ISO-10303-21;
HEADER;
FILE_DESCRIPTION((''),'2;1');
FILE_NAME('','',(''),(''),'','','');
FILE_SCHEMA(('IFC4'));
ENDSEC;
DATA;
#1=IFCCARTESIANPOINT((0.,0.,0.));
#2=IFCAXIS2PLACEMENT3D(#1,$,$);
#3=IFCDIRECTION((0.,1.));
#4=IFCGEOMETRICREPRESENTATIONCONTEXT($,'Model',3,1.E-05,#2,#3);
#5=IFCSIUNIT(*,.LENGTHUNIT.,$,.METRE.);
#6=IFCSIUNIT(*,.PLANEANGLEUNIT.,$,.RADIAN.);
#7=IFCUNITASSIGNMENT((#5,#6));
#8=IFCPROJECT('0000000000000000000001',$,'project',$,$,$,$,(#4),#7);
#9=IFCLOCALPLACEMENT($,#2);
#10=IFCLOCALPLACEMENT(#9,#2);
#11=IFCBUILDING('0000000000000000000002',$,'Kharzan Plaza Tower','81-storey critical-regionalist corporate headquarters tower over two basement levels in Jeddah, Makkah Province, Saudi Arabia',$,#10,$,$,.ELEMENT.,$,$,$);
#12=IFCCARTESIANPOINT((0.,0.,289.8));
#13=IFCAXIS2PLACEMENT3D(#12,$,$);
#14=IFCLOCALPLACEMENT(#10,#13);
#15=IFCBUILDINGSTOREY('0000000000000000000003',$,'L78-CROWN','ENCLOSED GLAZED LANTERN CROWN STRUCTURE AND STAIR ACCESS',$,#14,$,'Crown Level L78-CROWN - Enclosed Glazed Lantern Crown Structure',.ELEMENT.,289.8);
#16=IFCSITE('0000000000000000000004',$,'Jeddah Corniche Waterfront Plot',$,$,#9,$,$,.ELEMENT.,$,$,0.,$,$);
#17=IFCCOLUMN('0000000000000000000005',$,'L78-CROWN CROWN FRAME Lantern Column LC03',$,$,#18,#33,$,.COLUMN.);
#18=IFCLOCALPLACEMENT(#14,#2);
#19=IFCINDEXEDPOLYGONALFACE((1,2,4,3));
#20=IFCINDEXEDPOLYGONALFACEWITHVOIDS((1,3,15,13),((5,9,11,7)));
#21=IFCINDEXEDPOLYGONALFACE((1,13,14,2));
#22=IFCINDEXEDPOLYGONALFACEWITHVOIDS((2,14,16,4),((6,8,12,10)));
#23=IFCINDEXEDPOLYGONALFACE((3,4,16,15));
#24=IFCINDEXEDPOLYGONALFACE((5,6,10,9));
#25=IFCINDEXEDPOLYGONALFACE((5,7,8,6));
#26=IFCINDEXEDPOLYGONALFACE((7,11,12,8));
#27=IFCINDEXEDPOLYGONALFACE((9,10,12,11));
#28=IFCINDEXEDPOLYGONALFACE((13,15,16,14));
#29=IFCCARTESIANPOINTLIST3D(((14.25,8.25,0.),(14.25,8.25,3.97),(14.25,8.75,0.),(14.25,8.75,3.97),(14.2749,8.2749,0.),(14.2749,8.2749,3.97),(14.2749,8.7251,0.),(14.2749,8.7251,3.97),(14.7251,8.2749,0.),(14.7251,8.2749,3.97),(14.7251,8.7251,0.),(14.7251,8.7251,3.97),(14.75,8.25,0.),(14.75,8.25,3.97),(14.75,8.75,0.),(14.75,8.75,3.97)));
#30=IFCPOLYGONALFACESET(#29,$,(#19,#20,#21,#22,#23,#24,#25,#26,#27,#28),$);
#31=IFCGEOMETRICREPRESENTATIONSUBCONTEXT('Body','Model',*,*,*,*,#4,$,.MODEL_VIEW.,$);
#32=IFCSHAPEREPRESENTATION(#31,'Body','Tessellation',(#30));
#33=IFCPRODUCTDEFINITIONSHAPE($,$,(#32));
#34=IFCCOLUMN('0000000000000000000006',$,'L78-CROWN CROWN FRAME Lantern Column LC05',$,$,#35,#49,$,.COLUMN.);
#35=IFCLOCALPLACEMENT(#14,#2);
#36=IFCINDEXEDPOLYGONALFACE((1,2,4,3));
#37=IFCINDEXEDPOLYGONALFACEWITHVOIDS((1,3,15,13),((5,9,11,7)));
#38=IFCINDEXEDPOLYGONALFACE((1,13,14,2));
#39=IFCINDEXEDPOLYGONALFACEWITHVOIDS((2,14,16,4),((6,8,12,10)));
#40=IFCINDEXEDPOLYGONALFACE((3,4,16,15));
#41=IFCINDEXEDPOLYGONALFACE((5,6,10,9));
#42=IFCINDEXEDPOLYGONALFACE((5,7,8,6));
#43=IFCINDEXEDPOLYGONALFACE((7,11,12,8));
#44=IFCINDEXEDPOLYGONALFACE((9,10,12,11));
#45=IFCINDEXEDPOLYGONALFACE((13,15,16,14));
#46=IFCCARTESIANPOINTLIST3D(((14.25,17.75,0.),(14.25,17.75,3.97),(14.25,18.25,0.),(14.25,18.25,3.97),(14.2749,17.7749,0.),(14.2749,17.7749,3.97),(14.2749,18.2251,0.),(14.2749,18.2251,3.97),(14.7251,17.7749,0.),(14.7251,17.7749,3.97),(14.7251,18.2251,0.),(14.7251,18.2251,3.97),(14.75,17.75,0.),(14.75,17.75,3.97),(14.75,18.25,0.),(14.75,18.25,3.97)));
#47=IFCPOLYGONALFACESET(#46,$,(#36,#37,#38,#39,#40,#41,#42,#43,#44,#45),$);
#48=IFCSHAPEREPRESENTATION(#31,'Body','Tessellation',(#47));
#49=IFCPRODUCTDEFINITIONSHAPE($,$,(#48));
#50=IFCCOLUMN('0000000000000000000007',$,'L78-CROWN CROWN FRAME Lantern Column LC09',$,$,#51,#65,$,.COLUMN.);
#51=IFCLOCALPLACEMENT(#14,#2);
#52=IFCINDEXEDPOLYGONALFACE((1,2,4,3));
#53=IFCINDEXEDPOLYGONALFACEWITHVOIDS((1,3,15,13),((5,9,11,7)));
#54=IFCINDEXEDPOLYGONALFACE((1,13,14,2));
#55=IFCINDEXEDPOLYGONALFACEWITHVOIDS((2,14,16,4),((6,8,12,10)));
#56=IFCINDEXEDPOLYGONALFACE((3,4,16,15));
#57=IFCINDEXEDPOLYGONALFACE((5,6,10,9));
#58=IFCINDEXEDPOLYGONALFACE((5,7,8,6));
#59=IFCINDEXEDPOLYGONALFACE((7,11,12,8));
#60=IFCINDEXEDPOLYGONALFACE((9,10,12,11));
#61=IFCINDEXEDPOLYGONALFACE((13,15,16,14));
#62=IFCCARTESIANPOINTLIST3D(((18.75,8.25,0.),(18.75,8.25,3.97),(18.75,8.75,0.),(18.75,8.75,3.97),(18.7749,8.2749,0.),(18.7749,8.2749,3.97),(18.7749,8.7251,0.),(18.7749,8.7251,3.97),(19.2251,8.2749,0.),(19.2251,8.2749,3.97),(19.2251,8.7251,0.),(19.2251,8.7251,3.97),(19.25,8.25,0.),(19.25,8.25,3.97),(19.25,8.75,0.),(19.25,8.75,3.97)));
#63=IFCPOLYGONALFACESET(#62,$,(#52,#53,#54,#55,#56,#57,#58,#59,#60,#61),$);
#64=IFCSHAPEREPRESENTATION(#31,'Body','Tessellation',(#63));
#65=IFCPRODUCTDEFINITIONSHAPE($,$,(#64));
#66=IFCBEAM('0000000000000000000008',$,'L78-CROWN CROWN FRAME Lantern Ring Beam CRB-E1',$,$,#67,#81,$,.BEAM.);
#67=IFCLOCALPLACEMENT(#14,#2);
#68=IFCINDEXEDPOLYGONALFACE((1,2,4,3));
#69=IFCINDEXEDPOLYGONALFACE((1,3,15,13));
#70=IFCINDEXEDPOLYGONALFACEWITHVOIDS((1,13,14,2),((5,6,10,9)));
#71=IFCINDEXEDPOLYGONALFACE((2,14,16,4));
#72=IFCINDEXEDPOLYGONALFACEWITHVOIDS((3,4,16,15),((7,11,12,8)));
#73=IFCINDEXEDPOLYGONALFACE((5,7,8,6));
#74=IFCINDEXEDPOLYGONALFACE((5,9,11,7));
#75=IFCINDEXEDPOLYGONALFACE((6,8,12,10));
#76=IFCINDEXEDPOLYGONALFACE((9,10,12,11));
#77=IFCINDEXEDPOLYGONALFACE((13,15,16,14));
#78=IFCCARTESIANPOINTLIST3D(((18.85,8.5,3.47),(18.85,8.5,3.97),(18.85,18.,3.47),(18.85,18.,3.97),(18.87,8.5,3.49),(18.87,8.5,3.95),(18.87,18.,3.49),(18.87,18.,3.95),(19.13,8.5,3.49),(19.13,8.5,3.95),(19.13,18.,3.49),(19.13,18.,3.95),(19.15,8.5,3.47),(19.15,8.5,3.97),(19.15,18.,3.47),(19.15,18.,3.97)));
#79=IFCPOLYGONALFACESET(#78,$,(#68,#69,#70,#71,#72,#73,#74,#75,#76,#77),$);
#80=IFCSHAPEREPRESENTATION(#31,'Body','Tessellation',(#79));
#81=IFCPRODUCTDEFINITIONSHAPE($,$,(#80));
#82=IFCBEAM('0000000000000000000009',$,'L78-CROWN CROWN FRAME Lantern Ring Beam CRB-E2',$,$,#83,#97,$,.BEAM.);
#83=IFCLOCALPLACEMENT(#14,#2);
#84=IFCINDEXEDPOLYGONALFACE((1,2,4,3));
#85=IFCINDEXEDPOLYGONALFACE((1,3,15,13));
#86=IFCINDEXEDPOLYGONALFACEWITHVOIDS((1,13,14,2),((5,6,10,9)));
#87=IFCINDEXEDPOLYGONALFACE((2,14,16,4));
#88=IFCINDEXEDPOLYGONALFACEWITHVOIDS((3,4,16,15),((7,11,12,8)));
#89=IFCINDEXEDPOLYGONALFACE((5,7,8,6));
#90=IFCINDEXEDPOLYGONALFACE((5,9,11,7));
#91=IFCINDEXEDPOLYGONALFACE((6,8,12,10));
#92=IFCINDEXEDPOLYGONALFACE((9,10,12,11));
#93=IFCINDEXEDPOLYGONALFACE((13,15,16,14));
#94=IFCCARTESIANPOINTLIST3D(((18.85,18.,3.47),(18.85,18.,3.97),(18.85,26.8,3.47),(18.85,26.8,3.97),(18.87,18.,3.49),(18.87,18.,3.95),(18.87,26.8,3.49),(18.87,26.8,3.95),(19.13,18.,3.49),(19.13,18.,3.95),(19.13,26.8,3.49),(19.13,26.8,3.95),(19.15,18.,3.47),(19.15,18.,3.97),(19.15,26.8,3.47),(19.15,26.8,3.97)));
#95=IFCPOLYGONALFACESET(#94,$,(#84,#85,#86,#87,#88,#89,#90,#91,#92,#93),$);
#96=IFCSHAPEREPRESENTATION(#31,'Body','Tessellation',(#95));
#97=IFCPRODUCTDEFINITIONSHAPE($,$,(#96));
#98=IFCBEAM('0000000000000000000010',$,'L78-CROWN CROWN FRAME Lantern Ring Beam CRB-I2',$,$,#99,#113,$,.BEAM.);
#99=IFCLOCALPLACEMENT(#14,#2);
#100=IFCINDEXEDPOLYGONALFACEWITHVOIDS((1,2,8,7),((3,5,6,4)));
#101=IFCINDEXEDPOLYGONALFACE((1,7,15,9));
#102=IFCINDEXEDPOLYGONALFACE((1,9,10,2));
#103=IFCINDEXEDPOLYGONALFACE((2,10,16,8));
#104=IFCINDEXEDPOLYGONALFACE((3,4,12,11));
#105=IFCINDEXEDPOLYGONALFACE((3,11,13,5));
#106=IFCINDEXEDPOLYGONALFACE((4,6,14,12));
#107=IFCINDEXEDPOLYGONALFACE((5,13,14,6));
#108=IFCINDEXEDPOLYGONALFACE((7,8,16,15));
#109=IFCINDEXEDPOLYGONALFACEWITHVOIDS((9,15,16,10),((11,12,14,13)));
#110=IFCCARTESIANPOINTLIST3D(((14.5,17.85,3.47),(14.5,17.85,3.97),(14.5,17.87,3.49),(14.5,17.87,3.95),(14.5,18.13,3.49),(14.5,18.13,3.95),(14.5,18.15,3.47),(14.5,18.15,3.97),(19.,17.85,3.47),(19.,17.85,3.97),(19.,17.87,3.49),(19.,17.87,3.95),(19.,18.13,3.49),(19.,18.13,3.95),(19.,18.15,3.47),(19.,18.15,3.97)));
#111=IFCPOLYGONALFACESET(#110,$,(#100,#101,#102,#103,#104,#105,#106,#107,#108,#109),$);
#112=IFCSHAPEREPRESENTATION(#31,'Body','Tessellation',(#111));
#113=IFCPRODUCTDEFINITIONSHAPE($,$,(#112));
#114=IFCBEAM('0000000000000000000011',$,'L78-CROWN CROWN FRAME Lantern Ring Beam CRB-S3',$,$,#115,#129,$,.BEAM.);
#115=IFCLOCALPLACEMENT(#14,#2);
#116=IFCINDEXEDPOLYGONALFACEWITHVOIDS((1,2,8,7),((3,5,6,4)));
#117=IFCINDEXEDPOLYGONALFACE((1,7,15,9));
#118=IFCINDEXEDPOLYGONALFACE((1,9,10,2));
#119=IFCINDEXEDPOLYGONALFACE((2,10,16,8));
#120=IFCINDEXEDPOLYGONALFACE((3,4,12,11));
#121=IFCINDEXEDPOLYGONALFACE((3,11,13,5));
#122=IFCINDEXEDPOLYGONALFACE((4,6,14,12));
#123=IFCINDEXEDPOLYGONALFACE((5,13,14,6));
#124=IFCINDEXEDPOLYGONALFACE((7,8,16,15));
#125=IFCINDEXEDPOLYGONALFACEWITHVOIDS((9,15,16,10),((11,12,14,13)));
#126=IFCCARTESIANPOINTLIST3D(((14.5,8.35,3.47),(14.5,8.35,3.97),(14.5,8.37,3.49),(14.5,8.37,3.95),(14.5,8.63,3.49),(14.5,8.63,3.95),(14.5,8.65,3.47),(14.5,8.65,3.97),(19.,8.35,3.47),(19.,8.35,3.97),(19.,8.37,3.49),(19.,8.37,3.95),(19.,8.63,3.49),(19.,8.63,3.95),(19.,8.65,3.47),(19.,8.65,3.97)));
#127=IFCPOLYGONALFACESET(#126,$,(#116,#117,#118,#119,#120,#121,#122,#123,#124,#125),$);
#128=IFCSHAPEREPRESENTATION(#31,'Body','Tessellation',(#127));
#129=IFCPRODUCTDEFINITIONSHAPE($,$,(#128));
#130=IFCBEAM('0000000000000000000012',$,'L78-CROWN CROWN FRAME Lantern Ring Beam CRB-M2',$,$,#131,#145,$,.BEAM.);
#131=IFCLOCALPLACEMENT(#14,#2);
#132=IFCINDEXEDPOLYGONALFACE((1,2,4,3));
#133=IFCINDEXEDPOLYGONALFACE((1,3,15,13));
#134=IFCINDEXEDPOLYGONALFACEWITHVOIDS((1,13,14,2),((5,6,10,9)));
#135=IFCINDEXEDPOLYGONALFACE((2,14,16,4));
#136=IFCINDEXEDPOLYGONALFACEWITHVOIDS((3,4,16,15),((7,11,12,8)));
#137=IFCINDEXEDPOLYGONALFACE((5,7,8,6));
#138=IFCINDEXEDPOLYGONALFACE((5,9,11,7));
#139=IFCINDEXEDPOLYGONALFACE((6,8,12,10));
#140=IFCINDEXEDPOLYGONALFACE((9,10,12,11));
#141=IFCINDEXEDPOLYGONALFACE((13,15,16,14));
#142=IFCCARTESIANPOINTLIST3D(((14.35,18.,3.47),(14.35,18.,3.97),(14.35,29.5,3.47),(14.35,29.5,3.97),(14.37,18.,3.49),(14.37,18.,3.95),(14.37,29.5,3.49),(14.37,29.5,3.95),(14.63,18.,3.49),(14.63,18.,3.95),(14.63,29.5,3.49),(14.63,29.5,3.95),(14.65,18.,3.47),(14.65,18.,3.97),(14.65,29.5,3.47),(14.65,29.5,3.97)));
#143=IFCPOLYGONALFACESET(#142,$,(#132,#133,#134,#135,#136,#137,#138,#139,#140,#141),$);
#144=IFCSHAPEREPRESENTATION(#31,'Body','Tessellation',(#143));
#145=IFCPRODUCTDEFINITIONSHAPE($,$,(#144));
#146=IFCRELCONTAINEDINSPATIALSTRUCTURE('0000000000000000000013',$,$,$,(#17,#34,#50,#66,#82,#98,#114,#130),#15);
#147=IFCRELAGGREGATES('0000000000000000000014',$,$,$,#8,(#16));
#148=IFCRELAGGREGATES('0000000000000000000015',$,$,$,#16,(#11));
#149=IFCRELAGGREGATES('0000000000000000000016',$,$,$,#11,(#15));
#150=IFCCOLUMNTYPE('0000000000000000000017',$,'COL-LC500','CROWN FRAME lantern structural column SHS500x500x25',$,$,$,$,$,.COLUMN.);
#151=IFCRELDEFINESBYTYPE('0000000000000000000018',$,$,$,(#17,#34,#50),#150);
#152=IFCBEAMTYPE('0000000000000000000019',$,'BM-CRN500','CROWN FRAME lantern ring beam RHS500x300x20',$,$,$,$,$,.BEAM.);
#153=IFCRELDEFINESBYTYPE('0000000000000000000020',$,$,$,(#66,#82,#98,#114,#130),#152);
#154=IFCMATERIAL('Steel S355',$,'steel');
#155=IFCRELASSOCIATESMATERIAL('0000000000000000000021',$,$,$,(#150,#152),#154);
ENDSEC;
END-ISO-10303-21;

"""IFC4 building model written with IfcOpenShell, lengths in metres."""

from ifc_helpers import new_model, si_unit, direction, frame, origin, origin_2d, place, context, subcontext, project, spatial, hollow_rectangle, extrude, source, transform, mapped, material, material_profile, profile_set, type_object, element, save


model = new_model("IFC4")

# Units and contexts
model_context = context("Model", 3, precision=1e-05, world=origin(), true_north=direction((0.0, 1.0)))
body_context = subcontext(model_context, "Body", "Model", "MODEL_VIEW")
ifc_project = project(units=[si_unit("LENGTHUNIT", "METRE"), si_unit("PLANEANGLEUNIT", "RADIAN")], contexts=[model_context])

# Site, building, storey
site_placement = place(None, origin())
site = spatial("IfcSite", under=ifc_project, at=site_placement, Name="Jeddah Corniche Waterfront Plot", CompositionType="ELEMENT", RefElevation=0.0)
building_placement = place(site_placement, origin())
building = spatial("IfcBuilding", under=site, at=building_placement, Name="Kharzan Plaza Tower", Description="81-storey critical-regionalist corporate headquarters tower over two basement levels in Jeddah, Makkah Province, Saudi Arabia", CompositionType="ELEMENT")
storey_placement = place(building_placement, frame((0.0, 0.0, 289.8)))
storey = spatial("IfcBuildingStorey", under=building, at=storey_placement, Name="L78-CROWN", Description="ENCLOSED GLAZED LANTERN CROWN STRUCTURE AND STAIR ACCESS", LongName="Crown Level L78-CROWN - Enclosed Glazed Lantern Crown Structure", CompositionType="ELEMENT", Elevation=289.8)

# Columns
ifc_material_1 = material(Name="Steel S355", Category="steel")
ifc_material_profile_1 = material_profile(ifc_material_1, hollow_rectangle(XDim=0.5, YDim=0.5, WallThickness=0.0249, at=origin_2d()), Name="SHS500x500x25")
ifc_profile_set_1 = profile_set([ifc_material_profile_1], Name="Steel S355")
column_type = type_object("IfcColumnType", Name="COL-LC500", Description="CROWN FRAME lantern structural column SHS500x500x25", PredefinedType="COLUMN", material=ifc_profile_set_1)
shared_shape_1 = source(origin(), body_context, "Body", "SweptSolid", [
    extrude(hollow_rectangle(XDim=0.5, YDim=0.5, WallThickness=0.0249, at=origin_2d()), origin(), (0.0, 0.0, 1.0), 3.97),
])
for number, where, z_axis, x_axis, name in (
    (1, (14.5, 8.5, 0.0), (0.0, 0.0, 1.0), (1.0, 0.0, 0.0), "L78-CROWN CROWN FRAME Lantern Column LC03"),
    (2, (14.5, 18.0, 0.0), (0.0, 0.0, 1.0), (1.0, 0.0, 0.0), "L78-CROWN CROWN FRAME Lantern Column LC05"),
    (3, (19.0, 8.5, 0.0), (0.0, 0.0, 1.0), (1.0, 0.0, 0.0), "L78-CROWN CROWN FRAME Lantern Column LC09"),
):
    element("IfcColumn", number, at=place(storey_placement, frame(where, z_axis=z_axis, x_axis=x_axis)), inside=storey, type_object=column_type, Name=name, PredefinedType="COLUMN", context=body_context, shape_type="MappedRepresentation", body=[
        mapped(shared_shape_1, transform((0.0, 0.0, 0.0), x_axis=(1.0, 0.0, 0.0), y_axis=(0.0, 1.0, 0.0), z_axis=(0.0, 0.0, 1.0))),
    ])

# Beams
ifc_material_profile_2 = material_profile(ifc_material_1, hollow_rectangle(XDim=0.3, YDim=0.5, WallThickness=0.02, at=origin_2d()), Name="RHS500x300x20")
ifc_profile_set_2 = profile_set([ifc_material_profile_2], Name="Steel S355")
beam_type = type_object("IfcBeamType", Name="BM-CRN500", Description="CROWN FRAME lantern ring beam RHS500x300x20", PredefinedType="BEAM", material=ifc_profile_set_2)
shared_shape_2 = source(origin(), body_context, "Body", "SweptSolid", [
    extrude(hollow_rectangle(XDim=0.3, YDim=0.5, WallThickness=0.02, at=origin_2d()), origin(), (0.0, 0.0, 1.0), 9.5),
])
beam_1_placement = place(storey_placement, frame((19.0, 8.5, 3.72), z_axis=(0.0, 1.0, 0.0), x_axis=(-1.0, 0.0, 0.0)))
element("IfcBeam", 4, at=beam_1_placement, inside=storey, type_object=beam_type, Name="L78-CROWN CROWN FRAME Lantern Ring Beam CRB-E1", PredefinedType="BEAM", context=body_context, shape_type="MappedRepresentation", body=[
    mapped(shared_shape_2, transform((0.0, 0.0, 0.0), x_axis=(1.0, 0.0, 0.0), y_axis=(0.0, 1.0, 0.0), z_axis=(0.0, 0.0, 1.0))),
])
shared_shape_3 = source(origin(), body_context, "Body", "SweptSolid", [
    extrude(hollow_rectangle(XDim=0.3, YDim=0.5, WallThickness=0.02, at=origin_2d()), origin(), (0.0, 0.0, 1.0), 8.8),
])
beam_2_placement = place(storey_placement, frame((19.0, 18.0, 3.72), z_axis=(0.0, 1.0, 0.0), x_axis=(-1.0, 0.0, 0.0)))
element("IfcBeam", 5, at=beam_2_placement, inside=storey, type_object=beam_type, Name="L78-CROWN CROWN FRAME Lantern Ring Beam CRB-E2", PredefinedType="BEAM", context=body_context, shape_type="MappedRepresentation", body=[
    mapped(shared_shape_3, transform((0.0, 0.0, 0.0), x_axis=(1.0, 0.0, 0.0), y_axis=(0.0, 1.0, 0.0), z_axis=(0.0, 0.0, 1.0))),
])
shared_shape_4 = source(origin(), body_context, "Body", "SweptSolid", [
    extrude(hollow_rectangle(XDim=0.3, YDim=0.5, WallThickness=0.02, at=origin_2d()), origin(), (0.0, 0.0, 1.0), 4.5),
])
for number, where, z_axis, x_axis, name in (
    (6, (14.5, 18.0, 3.72), (1.0, 0.0, 0.0), (0.0, 1.0, 0.0), "L78-CROWN CROWN FRAME Lantern Ring Beam CRB-I2"),
    (7, (14.5, 8.5, 3.72), (1.0, 0.0, 0.0), (0.0, 1.0, 0.0), "L78-CROWN CROWN FRAME Lantern Ring Beam CRB-S3"),
):
    element("IfcBeam", number, at=place(storey_placement, frame(where, z_axis=z_axis, x_axis=x_axis)), inside=storey, type_object=beam_type, Name=name, PredefinedType="BEAM", context=body_context, shape_type="MappedRepresentation", body=[
        mapped(shared_shape_4, transform((0.0, 0.0, 0.0), x_axis=(1.0, 0.0, 0.0), y_axis=(0.0, 1.0, 0.0), z_axis=(0.0, 0.0, 1.0))),
    ])
shared_shape_5 = source(origin(), body_context, "Body", "SweptSolid", [
    extrude(hollow_rectangle(XDim=0.3, YDim=0.5, WallThickness=0.02, at=origin_2d()), origin(), (0.0, 0.0, 1.0), 11.5),
])
beam_3_placement = place(storey_placement, frame((14.5, 18.0, 3.72), z_axis=(0.0, 1.0, 0.0), x_axis=(-1.0, 0.0, 0.0)))
element("IfcBeam", 8, at=beam_3_placement, inside=storey, type_object=beam_type, Name="L78-CROWN CROWN FRAME Lantern Ring Beam CRB-M2", PredefinedType="BEAM", context=body_context, shape_type="MappedRepresentation", body=[
    mapped(shared_shape_5, transform((0.0, 0.0, 0.0), x_axis=(1.0, 0.0, 0.0), y_axis=(0.0, 1.0, 0.0), z_axis=(0.0, 0.0, 1.0))),
])

save(model, "model.ifc")
